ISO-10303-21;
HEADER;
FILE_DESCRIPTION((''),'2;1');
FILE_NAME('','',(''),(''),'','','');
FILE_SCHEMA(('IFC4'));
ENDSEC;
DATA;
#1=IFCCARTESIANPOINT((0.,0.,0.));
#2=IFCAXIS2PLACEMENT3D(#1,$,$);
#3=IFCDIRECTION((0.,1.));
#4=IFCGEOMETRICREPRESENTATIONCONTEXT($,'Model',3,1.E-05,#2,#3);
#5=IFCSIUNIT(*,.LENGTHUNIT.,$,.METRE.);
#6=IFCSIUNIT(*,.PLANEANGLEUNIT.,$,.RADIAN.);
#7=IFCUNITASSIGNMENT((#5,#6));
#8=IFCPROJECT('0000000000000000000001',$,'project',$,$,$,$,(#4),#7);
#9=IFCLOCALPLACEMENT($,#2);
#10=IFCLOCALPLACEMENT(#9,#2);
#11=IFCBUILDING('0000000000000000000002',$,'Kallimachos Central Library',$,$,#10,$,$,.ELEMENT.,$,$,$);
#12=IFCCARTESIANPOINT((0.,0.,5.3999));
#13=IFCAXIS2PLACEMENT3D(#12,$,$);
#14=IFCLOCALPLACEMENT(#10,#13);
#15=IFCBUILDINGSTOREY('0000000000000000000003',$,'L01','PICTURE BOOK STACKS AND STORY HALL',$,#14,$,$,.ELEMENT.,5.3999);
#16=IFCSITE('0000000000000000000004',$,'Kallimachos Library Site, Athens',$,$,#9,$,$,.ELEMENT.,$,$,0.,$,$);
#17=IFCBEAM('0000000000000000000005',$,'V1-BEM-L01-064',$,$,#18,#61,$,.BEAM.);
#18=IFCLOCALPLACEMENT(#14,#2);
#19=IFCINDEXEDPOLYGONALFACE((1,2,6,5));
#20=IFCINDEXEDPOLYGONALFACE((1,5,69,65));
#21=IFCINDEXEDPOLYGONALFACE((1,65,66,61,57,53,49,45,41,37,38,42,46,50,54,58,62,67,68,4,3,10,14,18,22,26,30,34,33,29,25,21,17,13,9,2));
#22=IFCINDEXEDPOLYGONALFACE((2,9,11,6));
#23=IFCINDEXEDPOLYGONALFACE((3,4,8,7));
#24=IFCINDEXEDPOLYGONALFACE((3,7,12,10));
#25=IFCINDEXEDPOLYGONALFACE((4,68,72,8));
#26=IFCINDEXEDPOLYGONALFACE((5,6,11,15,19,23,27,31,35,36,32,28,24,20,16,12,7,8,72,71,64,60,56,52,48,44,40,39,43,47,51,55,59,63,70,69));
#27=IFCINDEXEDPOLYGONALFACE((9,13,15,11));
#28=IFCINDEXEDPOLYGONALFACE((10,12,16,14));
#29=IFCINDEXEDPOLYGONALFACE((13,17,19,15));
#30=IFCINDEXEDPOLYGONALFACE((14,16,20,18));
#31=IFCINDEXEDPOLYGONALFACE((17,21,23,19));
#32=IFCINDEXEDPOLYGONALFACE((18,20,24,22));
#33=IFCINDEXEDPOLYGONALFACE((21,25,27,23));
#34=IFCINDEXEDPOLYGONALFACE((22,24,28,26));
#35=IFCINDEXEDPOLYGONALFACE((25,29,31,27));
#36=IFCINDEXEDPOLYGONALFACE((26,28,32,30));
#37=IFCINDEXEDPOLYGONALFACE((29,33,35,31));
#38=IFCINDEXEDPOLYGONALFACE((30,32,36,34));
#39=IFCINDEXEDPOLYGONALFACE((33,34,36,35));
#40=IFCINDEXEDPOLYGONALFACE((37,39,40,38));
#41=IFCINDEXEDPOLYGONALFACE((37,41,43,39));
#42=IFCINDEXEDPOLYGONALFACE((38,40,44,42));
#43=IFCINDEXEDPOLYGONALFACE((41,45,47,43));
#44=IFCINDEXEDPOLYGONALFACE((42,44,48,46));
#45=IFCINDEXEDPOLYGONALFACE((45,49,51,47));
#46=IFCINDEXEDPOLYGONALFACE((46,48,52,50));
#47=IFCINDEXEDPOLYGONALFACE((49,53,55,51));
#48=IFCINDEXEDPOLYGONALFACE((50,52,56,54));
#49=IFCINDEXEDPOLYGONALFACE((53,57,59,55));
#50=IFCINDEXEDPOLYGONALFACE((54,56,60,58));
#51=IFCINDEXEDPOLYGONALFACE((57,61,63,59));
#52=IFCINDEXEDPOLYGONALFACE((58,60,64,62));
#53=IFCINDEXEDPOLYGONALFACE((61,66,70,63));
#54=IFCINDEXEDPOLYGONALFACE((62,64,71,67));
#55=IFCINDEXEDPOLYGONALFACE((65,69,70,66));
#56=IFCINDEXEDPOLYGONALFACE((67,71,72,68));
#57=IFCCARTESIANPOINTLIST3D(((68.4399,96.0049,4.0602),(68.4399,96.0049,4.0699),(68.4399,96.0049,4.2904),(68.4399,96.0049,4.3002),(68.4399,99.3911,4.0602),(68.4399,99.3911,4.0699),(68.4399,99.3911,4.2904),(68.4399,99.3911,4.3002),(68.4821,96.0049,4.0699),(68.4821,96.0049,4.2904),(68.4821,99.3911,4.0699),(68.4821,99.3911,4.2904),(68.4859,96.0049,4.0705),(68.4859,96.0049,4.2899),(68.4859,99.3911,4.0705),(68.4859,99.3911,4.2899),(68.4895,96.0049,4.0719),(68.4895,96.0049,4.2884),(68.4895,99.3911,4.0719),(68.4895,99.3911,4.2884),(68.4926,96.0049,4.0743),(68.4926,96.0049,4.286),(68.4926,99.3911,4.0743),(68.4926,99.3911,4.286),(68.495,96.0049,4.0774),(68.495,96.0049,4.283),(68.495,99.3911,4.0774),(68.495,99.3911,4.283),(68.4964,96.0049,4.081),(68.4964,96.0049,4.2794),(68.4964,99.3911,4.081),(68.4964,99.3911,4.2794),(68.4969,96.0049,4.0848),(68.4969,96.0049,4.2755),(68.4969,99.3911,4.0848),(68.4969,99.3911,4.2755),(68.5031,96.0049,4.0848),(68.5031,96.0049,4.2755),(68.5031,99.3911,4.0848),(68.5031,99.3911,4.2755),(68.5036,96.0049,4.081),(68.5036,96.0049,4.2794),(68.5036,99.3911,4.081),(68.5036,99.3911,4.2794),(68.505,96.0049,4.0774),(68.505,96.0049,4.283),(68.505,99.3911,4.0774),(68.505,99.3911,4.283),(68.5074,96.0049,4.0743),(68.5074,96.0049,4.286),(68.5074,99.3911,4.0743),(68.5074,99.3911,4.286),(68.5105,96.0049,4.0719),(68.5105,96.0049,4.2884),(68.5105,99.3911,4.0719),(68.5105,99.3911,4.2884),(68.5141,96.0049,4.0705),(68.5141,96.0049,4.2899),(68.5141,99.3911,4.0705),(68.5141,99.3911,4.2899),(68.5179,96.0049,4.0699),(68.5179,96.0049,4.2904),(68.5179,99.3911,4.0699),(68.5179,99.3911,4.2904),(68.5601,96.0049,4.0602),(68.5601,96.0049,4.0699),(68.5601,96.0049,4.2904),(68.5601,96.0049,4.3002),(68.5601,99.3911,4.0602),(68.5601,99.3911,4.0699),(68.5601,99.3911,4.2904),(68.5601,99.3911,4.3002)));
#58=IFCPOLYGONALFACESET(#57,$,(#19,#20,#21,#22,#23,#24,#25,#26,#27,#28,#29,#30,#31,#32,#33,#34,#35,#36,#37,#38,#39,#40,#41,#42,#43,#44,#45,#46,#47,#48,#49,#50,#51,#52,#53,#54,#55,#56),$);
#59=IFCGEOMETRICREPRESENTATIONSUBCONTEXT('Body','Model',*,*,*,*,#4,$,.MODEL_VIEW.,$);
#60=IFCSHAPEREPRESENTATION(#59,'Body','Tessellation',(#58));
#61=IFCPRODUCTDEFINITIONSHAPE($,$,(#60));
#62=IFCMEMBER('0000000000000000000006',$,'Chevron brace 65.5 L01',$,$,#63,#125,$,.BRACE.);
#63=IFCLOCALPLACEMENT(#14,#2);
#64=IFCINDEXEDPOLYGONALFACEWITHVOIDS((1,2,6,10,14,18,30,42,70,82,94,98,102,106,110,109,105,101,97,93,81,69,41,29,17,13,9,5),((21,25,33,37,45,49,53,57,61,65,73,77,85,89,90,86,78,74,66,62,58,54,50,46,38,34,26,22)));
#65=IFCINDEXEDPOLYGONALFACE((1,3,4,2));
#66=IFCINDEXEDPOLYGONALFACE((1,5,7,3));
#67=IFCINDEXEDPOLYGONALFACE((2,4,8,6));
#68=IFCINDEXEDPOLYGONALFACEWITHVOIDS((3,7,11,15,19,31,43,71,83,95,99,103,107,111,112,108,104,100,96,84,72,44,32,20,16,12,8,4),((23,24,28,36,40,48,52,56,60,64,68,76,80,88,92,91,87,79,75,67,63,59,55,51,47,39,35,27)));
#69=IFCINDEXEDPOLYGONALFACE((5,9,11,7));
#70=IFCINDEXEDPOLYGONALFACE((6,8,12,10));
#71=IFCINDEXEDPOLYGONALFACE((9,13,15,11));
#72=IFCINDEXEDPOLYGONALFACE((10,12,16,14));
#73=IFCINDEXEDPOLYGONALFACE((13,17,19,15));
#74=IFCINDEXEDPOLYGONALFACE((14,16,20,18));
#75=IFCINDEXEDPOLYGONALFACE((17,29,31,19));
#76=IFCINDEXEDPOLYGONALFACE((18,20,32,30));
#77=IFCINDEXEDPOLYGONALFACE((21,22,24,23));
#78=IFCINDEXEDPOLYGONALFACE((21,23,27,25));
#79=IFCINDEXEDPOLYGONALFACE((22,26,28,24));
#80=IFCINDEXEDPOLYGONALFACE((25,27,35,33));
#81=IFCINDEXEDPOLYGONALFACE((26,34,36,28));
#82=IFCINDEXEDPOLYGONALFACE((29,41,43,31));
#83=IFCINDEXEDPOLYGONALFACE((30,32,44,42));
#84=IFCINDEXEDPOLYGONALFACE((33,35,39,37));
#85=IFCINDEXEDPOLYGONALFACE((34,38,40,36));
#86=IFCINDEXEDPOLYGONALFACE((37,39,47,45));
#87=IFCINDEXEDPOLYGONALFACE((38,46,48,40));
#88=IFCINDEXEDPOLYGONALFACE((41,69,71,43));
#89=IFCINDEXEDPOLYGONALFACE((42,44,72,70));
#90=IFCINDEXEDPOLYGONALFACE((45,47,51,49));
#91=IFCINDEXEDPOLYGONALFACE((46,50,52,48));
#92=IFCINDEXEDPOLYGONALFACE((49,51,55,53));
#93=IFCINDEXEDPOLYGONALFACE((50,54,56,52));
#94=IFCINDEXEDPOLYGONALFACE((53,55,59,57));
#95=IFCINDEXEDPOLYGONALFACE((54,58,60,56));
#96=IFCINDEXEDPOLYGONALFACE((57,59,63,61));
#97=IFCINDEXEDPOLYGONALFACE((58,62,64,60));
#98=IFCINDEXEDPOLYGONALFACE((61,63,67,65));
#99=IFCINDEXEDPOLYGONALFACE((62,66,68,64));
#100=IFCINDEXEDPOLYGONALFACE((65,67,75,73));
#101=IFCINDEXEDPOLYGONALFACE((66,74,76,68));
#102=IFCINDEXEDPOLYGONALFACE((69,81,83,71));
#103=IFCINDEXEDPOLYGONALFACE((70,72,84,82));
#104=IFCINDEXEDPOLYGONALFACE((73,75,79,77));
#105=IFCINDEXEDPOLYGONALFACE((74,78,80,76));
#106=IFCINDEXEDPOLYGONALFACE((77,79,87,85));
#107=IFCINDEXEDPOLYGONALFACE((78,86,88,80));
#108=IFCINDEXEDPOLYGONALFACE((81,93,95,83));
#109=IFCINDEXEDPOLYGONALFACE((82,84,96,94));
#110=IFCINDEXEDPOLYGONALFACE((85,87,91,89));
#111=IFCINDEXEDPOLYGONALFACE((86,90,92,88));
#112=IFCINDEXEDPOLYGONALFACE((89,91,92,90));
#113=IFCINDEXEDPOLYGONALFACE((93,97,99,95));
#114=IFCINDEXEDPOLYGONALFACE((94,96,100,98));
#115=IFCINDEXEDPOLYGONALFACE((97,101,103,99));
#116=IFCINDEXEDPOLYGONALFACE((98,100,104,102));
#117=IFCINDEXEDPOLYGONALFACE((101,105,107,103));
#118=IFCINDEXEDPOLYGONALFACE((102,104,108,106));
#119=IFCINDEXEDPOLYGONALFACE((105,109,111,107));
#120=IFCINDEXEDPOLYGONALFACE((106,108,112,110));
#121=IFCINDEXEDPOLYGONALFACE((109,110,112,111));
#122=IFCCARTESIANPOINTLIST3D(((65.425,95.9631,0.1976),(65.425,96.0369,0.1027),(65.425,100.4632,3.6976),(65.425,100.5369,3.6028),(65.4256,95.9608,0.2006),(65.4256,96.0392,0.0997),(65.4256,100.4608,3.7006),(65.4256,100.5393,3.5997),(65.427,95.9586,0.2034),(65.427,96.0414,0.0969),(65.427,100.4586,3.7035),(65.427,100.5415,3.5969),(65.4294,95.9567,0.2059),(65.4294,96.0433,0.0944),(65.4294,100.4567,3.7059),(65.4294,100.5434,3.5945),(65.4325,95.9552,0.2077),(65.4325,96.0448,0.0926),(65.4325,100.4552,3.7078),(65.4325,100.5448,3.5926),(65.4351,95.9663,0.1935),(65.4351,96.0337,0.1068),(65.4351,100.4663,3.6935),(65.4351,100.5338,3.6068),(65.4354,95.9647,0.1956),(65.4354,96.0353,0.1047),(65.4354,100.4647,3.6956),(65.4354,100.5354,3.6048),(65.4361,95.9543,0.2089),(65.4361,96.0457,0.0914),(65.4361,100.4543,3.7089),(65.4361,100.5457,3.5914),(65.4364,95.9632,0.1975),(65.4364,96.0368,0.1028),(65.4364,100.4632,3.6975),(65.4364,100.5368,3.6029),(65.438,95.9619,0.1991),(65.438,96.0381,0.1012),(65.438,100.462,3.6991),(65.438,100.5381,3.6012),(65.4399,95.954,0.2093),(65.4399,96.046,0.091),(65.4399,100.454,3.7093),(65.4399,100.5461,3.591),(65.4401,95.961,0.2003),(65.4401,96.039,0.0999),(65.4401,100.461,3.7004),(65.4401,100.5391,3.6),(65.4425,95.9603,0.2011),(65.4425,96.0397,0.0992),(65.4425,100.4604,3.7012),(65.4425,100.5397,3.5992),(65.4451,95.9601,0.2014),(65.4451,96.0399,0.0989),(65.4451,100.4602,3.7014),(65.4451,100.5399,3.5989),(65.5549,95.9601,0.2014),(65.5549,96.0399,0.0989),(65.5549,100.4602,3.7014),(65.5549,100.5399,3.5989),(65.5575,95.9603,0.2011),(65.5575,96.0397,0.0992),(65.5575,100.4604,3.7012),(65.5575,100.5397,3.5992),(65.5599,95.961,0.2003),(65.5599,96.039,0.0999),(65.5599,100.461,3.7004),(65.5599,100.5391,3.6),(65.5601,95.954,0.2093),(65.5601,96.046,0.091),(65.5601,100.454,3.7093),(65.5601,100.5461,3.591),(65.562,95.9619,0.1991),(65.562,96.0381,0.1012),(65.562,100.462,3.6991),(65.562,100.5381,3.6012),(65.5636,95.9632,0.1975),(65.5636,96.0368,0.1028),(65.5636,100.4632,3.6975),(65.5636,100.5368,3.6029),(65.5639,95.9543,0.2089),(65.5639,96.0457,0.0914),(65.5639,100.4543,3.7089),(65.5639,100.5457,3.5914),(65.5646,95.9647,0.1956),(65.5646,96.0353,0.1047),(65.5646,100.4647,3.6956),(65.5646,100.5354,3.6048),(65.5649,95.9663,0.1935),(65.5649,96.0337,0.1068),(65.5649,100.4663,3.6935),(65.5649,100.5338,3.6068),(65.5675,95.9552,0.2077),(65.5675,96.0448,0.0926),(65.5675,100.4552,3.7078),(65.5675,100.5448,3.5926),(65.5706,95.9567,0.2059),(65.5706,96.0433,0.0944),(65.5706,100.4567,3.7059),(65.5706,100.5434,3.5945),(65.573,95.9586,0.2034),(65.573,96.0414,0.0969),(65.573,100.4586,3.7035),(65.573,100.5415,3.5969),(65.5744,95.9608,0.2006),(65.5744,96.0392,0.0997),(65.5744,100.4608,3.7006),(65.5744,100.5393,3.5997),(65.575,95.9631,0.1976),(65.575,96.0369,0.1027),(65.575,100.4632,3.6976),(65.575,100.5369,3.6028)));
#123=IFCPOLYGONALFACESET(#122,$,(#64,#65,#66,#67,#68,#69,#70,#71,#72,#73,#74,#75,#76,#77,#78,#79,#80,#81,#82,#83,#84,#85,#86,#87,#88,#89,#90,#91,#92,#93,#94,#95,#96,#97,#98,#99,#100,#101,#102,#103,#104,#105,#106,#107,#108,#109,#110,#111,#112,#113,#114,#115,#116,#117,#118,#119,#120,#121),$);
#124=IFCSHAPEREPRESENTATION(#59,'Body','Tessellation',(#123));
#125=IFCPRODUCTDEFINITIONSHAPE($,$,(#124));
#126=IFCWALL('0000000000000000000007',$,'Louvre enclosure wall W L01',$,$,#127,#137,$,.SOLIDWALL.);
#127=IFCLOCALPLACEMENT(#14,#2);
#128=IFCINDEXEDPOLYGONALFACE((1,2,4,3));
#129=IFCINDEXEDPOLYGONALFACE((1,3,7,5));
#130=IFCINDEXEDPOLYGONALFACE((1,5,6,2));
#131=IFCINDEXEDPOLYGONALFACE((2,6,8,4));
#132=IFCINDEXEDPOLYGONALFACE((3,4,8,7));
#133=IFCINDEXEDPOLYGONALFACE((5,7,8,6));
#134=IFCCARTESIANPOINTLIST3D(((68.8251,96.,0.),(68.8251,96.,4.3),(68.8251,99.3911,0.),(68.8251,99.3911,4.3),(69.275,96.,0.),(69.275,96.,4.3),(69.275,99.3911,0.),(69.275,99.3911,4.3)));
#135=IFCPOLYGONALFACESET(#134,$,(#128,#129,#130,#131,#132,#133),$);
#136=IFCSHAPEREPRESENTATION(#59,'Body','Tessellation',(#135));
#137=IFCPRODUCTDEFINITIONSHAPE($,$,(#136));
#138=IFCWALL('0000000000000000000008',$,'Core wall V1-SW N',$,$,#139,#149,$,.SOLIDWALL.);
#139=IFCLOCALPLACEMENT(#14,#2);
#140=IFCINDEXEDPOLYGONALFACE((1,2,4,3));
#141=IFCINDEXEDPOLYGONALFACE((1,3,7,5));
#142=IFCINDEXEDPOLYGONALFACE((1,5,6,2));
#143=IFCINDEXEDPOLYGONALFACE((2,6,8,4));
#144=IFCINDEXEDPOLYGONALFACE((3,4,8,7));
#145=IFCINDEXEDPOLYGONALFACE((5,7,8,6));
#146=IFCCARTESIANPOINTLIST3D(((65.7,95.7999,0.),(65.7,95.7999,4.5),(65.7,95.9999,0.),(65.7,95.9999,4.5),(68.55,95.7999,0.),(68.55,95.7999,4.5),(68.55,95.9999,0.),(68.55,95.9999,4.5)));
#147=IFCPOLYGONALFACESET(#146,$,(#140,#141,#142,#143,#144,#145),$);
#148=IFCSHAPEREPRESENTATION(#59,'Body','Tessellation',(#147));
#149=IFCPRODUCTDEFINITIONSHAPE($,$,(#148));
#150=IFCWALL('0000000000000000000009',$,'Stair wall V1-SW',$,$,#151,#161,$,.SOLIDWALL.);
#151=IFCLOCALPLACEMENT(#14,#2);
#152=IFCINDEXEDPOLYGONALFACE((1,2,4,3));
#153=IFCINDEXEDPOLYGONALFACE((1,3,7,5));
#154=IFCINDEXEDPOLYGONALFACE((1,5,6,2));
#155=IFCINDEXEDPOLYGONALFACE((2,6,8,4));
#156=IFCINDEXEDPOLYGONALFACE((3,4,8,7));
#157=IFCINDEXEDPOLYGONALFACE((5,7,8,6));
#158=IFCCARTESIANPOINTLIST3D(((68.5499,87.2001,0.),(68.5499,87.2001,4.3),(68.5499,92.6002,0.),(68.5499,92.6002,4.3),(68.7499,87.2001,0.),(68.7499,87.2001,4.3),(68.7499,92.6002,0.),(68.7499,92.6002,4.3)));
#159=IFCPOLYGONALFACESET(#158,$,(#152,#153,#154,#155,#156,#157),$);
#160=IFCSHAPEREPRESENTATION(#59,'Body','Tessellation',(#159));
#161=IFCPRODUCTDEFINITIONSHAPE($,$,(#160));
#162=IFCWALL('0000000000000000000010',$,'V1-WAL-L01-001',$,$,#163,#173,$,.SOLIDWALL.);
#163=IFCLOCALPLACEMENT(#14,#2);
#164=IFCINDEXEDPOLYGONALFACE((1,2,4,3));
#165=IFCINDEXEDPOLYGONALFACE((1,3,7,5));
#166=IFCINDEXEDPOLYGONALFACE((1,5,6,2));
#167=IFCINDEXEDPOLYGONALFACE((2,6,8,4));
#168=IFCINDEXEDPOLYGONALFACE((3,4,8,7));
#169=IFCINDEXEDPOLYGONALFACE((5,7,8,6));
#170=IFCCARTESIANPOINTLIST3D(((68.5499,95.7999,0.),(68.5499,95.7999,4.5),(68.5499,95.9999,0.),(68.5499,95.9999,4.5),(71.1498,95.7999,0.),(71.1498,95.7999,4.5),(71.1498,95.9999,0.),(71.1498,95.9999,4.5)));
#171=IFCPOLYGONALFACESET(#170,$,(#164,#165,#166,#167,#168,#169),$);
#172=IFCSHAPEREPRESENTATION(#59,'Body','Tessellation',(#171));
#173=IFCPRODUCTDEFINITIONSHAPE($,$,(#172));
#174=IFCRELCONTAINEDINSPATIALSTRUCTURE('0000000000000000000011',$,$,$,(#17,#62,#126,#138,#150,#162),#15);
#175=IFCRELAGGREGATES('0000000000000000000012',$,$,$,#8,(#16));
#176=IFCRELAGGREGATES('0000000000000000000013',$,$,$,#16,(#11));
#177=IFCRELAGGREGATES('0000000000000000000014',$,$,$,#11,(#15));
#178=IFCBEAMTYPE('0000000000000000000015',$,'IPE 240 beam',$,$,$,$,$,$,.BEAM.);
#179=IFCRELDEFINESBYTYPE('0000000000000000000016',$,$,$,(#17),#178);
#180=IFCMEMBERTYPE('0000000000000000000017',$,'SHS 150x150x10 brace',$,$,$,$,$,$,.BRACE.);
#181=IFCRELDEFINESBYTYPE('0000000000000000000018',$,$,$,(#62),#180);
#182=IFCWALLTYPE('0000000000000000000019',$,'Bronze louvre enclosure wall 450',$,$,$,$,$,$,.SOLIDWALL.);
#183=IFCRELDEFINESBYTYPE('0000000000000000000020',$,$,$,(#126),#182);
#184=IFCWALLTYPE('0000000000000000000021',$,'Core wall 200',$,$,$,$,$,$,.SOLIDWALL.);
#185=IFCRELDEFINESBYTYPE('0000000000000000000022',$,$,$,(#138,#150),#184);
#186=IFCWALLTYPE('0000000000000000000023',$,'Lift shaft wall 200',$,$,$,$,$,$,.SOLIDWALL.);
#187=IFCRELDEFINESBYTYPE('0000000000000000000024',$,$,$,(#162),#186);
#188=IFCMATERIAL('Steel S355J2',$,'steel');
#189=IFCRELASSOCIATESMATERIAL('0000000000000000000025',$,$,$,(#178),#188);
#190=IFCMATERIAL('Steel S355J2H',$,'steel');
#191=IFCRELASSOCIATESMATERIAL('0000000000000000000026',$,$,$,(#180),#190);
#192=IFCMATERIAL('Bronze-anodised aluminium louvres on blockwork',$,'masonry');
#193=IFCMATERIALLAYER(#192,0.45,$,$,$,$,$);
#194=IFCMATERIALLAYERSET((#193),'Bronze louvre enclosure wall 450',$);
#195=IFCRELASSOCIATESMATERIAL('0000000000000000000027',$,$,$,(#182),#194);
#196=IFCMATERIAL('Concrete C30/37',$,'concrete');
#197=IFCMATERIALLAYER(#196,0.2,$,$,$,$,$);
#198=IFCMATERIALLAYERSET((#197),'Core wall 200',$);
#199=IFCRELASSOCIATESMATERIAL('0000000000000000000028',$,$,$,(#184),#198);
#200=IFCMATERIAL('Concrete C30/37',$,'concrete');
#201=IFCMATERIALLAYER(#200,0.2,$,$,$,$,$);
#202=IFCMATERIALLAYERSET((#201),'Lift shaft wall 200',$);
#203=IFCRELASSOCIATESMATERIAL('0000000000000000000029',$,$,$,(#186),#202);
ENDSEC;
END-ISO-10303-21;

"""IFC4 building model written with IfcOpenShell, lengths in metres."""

from ifc_helpers import new_model, si_unit, direction, frame, frame_2d, origin, origin_2d, place, context, subcontext, project, spatial, rectangle, hollow_rectangle, i_section, extrude, material, layer, layer_set, material_profile, profile_set, type_object, element, save


model = new_model("IFC4")

# Units and contexts
model_context = context("Model", 3, precision=1e-05, world=origin(), true_north=direction((0.0, 1.0)))
body_context = subcontext(model_context, "Body", "Model", "MODEL_VIEW")
ifc_project = project(units=[si_unit("LENGTHUNIT", "METRE"), si_unit("PLANEANGLEUNIT", "RADIAN")], contexts=[model_context])

# Site, building, storey
site_placement = place(None, origin())
site = spatial("IfcSite", under=ifc_project, at=site_placement, Name="Kallimachos Library Site, Athens", CompositionType="ELEMENT", RefElevation=0.0)
building_placement = place(site_placement, origin())
building = spatial("IfcBuilding", under=site, at=building_placement, Name="Kallimachos Central Library", CompositionType="ELEMENT")
storey_placement = place(building_placement, frame((0.0, 0.0, 5.3999)))
storey = spatial("IfcBuildingStorey", under=building, at=storey_placement, Name="L01", Description="PICTURE BOOK STACKS AND STORY HALL", CompositionType="ELEMENT", Elevation=5.3999)

# Beam
ifc_material_1 = material(Name="Steel S355J2", Category="steel")
ifc_material_profile_1 = material_profile(ifc_material_1, i_section(OverallWidth=0.1201, OverallDepth=0.24, WebThickness=0.0061, FlangeThickness=0.0098, FilletRadius=0.0149, at=origin_2d()), Name="IPE 240")
ifc_profile_set_1 = profile_set([ifc_material_profile_1], Name="Steel S355J2")
beam_type = type_object("IfcBeamType", Name="IPE 240 beam", PredefinedType="BEAM", material=ifc_profile_set_1)
beam_placement = place(storey_placement, frame((68.5, 96.0049, 4.1802), z_axis=(0.0, 1.0, 0.0), x_axis=(-1.0, 0.0, 0.0)))
element("IfcBeam", 1, at=beam_placement, inside=storey, type_object=beam_type, Name="V1-BEM-L01-064", PredefinedType="BEAM", context=body_context, shape_type="SweptSolid", body=[
    extrude(i_section(OverallWidth=0.1201, OverallDepth=0.24, WebThickness=0.0061, FlangeThickness=0.0098, FilletRadius=0.0149, at=origin_2d()), origin(), (0.0, 0.0, 1.0), 3.3862),
])

# Member
ifc_material_2 = material(Name="Steel S355J2H", Category="steel")
ifc_material_profile_2 = material_profile(ifc_material_2, hollow_rectangle(XDim=0.1499, YDim=0.1499, WallThickness=0.01, InnerFilletRadius=0.01, OuterFilletRadius=0.0149, at=origin_2d()), Name="SHS 150x150x10")
ifc_profile_set_2 = profile_set([ifc_material_profile_2], Name="Steel S355J2H")
member_type = type_object("IfcMemberType", Name="SHS 150x150x10 brace", PredefinedType="BRACE", material=ifc_profile_set_2)
member_placement = place(storey_placement, frame((65.5, 96.0, 0.1501), z_axis=(0.0, 0.789352, 0.613941), x_axis=(-1.0, 0.0, 0.0)))
element("IfcMember", 2, at=member_placement, inside=storey, type_object=member_type, Name="Chevron brace 65.5 L01", PredefinedType="BRACE", context=body_context, shape_type="SweptSolid", body=[
    extrude(hollow_rectangle(XDim=0.1499, YDim=0.1499, WallThickness=0.01, InnerFilletRadius=0.01, OuterFilletRadius=0.0149, at=origin_2d()), origin(), (0.0, 0.0, 1.0), 5.7009),
])

# Walls
ifc_material_3 = material(Name="Bronze-anodised aluminium louvres on blockwork", Category="masonry")
ifc_layer_1 = layer(ifc_material_3, 0.45)
ifc_layer_set_1 = layer_set([ifc_layer_1], Name="Bronze louvre enclosure wall 450")
wall_type_1 = type_object("IfcWallType", Name="Bronze louvre enclosure wall 450", PredefinedType="SOLIDWALL", material=ifc_layer_set_1)
wall_1_placement = place(storey_placement, frame((69.05, 96.0, 0.0), z_axis=(0.0, 0.0, 1.0), x_axis=(0.0, 1.0, 0.0)))
element("IfcWall", 3, at=wall_1_placement, inside=storey, type_object=wall_type_1, Name="Louvre enclosure wall W L01", PredefinedType="SOLIDWALL", context=body_context, shape_type="SweptSolid", body=[
    extrude(rectangle(XDim=3.3911, YDim=0.45, at=frame_2d((1.6956, 0.0))), origin(), (0.0, 0.0, 1.0), 4.3),
])
ifc_material_4 = material(Name="Concrete C30/37", Category="concrete")
ifc_layer_2 = layer(ifc_material_4, 0.2)
ifc_layer_set_2 = layer_set([ifc_layer_2], Name="Core wall 200")
wall_type_2 = type_object("IfcWallType", Name="Core wall 200", PredefinedType="SOLIDWALL", material=ifc_layer_set_2)
wall_2_placement = place(storey_placement, frame((65.7, 95.8999, 0.0), z_axis=(0.0, 0.0, 1.0), x_axis=(1.0, 0.0, 0.0)))
element("IfcWall", 4, at=wall_2_placement, inside=storey, type_object=wall_type_2, Name="Core wall V1-SW N", PredefinedType="SOLIDWALL", context=body_context, shape_type="SweptSolid", body=[
    extrude(rectangle(XDim=2.8501, YDim=0.2, at=frame_2d((1.425, 0.0))), origin(), (0.0, 0.0, 1.0), 4.5),
])
wall_3_placement = place(storey_placement, frame((68.6499, 87.2, 0.0), z_axis=(0.0, 0.0, 1.0), x_axis=(0.0, 1.0, 0.0)))
element("IfcWall", 5, at=wall_3_placement, inside=storey, type_object=wall_type_2, Name="Stair wall V1-SW", PredefinedType="SOLIDWALL", context=body_context, shape_type="SweptSolid", body=[
    extrude(rectangle(XDim=5.4001, YDim=0.2, at=frame_2d((2.7002, 0.0))), origin(), (0.0, 0.0, 1.0), 4.3),
])
ifc_material_5 = material(Name="Concrete C30/37", Category="concrete")
ifc_layer_3 = layer(ifc_material_5, 0.2)
ifc_layer_set_3 = layer_set([ifc_layer_3], Name="Lift shaft wall 200")
wall_type_3 = type_object("IfcWallType", Name="Lift shaft wall 200", PredefinedType="SOLIDWALL", material=ifc_layer_set_3)
wall_4_placement = place(storey_placement, frame((68.55, 95.8999, 0.0), z_axis=(0.0, 0.0, 1.0), x_axis=(1.0, 0.0, 0.0)))
element("IfcWall", 6, at=wall_4_placement, inside=storey, type_object=wall_type_3, Name="V1-WAL-L01-001", PredefinedType="SOLIDWALL", context=body_context, shape_type="SweptSolid", body=[
    extrude(rectangle(XDim=2.5999, YDim=0.2, at=frame_2d((1.2998, 0.0))), origin(), (0.0, 0.0, 1.0), 4.5),
])

save(model, "model.ifc")
